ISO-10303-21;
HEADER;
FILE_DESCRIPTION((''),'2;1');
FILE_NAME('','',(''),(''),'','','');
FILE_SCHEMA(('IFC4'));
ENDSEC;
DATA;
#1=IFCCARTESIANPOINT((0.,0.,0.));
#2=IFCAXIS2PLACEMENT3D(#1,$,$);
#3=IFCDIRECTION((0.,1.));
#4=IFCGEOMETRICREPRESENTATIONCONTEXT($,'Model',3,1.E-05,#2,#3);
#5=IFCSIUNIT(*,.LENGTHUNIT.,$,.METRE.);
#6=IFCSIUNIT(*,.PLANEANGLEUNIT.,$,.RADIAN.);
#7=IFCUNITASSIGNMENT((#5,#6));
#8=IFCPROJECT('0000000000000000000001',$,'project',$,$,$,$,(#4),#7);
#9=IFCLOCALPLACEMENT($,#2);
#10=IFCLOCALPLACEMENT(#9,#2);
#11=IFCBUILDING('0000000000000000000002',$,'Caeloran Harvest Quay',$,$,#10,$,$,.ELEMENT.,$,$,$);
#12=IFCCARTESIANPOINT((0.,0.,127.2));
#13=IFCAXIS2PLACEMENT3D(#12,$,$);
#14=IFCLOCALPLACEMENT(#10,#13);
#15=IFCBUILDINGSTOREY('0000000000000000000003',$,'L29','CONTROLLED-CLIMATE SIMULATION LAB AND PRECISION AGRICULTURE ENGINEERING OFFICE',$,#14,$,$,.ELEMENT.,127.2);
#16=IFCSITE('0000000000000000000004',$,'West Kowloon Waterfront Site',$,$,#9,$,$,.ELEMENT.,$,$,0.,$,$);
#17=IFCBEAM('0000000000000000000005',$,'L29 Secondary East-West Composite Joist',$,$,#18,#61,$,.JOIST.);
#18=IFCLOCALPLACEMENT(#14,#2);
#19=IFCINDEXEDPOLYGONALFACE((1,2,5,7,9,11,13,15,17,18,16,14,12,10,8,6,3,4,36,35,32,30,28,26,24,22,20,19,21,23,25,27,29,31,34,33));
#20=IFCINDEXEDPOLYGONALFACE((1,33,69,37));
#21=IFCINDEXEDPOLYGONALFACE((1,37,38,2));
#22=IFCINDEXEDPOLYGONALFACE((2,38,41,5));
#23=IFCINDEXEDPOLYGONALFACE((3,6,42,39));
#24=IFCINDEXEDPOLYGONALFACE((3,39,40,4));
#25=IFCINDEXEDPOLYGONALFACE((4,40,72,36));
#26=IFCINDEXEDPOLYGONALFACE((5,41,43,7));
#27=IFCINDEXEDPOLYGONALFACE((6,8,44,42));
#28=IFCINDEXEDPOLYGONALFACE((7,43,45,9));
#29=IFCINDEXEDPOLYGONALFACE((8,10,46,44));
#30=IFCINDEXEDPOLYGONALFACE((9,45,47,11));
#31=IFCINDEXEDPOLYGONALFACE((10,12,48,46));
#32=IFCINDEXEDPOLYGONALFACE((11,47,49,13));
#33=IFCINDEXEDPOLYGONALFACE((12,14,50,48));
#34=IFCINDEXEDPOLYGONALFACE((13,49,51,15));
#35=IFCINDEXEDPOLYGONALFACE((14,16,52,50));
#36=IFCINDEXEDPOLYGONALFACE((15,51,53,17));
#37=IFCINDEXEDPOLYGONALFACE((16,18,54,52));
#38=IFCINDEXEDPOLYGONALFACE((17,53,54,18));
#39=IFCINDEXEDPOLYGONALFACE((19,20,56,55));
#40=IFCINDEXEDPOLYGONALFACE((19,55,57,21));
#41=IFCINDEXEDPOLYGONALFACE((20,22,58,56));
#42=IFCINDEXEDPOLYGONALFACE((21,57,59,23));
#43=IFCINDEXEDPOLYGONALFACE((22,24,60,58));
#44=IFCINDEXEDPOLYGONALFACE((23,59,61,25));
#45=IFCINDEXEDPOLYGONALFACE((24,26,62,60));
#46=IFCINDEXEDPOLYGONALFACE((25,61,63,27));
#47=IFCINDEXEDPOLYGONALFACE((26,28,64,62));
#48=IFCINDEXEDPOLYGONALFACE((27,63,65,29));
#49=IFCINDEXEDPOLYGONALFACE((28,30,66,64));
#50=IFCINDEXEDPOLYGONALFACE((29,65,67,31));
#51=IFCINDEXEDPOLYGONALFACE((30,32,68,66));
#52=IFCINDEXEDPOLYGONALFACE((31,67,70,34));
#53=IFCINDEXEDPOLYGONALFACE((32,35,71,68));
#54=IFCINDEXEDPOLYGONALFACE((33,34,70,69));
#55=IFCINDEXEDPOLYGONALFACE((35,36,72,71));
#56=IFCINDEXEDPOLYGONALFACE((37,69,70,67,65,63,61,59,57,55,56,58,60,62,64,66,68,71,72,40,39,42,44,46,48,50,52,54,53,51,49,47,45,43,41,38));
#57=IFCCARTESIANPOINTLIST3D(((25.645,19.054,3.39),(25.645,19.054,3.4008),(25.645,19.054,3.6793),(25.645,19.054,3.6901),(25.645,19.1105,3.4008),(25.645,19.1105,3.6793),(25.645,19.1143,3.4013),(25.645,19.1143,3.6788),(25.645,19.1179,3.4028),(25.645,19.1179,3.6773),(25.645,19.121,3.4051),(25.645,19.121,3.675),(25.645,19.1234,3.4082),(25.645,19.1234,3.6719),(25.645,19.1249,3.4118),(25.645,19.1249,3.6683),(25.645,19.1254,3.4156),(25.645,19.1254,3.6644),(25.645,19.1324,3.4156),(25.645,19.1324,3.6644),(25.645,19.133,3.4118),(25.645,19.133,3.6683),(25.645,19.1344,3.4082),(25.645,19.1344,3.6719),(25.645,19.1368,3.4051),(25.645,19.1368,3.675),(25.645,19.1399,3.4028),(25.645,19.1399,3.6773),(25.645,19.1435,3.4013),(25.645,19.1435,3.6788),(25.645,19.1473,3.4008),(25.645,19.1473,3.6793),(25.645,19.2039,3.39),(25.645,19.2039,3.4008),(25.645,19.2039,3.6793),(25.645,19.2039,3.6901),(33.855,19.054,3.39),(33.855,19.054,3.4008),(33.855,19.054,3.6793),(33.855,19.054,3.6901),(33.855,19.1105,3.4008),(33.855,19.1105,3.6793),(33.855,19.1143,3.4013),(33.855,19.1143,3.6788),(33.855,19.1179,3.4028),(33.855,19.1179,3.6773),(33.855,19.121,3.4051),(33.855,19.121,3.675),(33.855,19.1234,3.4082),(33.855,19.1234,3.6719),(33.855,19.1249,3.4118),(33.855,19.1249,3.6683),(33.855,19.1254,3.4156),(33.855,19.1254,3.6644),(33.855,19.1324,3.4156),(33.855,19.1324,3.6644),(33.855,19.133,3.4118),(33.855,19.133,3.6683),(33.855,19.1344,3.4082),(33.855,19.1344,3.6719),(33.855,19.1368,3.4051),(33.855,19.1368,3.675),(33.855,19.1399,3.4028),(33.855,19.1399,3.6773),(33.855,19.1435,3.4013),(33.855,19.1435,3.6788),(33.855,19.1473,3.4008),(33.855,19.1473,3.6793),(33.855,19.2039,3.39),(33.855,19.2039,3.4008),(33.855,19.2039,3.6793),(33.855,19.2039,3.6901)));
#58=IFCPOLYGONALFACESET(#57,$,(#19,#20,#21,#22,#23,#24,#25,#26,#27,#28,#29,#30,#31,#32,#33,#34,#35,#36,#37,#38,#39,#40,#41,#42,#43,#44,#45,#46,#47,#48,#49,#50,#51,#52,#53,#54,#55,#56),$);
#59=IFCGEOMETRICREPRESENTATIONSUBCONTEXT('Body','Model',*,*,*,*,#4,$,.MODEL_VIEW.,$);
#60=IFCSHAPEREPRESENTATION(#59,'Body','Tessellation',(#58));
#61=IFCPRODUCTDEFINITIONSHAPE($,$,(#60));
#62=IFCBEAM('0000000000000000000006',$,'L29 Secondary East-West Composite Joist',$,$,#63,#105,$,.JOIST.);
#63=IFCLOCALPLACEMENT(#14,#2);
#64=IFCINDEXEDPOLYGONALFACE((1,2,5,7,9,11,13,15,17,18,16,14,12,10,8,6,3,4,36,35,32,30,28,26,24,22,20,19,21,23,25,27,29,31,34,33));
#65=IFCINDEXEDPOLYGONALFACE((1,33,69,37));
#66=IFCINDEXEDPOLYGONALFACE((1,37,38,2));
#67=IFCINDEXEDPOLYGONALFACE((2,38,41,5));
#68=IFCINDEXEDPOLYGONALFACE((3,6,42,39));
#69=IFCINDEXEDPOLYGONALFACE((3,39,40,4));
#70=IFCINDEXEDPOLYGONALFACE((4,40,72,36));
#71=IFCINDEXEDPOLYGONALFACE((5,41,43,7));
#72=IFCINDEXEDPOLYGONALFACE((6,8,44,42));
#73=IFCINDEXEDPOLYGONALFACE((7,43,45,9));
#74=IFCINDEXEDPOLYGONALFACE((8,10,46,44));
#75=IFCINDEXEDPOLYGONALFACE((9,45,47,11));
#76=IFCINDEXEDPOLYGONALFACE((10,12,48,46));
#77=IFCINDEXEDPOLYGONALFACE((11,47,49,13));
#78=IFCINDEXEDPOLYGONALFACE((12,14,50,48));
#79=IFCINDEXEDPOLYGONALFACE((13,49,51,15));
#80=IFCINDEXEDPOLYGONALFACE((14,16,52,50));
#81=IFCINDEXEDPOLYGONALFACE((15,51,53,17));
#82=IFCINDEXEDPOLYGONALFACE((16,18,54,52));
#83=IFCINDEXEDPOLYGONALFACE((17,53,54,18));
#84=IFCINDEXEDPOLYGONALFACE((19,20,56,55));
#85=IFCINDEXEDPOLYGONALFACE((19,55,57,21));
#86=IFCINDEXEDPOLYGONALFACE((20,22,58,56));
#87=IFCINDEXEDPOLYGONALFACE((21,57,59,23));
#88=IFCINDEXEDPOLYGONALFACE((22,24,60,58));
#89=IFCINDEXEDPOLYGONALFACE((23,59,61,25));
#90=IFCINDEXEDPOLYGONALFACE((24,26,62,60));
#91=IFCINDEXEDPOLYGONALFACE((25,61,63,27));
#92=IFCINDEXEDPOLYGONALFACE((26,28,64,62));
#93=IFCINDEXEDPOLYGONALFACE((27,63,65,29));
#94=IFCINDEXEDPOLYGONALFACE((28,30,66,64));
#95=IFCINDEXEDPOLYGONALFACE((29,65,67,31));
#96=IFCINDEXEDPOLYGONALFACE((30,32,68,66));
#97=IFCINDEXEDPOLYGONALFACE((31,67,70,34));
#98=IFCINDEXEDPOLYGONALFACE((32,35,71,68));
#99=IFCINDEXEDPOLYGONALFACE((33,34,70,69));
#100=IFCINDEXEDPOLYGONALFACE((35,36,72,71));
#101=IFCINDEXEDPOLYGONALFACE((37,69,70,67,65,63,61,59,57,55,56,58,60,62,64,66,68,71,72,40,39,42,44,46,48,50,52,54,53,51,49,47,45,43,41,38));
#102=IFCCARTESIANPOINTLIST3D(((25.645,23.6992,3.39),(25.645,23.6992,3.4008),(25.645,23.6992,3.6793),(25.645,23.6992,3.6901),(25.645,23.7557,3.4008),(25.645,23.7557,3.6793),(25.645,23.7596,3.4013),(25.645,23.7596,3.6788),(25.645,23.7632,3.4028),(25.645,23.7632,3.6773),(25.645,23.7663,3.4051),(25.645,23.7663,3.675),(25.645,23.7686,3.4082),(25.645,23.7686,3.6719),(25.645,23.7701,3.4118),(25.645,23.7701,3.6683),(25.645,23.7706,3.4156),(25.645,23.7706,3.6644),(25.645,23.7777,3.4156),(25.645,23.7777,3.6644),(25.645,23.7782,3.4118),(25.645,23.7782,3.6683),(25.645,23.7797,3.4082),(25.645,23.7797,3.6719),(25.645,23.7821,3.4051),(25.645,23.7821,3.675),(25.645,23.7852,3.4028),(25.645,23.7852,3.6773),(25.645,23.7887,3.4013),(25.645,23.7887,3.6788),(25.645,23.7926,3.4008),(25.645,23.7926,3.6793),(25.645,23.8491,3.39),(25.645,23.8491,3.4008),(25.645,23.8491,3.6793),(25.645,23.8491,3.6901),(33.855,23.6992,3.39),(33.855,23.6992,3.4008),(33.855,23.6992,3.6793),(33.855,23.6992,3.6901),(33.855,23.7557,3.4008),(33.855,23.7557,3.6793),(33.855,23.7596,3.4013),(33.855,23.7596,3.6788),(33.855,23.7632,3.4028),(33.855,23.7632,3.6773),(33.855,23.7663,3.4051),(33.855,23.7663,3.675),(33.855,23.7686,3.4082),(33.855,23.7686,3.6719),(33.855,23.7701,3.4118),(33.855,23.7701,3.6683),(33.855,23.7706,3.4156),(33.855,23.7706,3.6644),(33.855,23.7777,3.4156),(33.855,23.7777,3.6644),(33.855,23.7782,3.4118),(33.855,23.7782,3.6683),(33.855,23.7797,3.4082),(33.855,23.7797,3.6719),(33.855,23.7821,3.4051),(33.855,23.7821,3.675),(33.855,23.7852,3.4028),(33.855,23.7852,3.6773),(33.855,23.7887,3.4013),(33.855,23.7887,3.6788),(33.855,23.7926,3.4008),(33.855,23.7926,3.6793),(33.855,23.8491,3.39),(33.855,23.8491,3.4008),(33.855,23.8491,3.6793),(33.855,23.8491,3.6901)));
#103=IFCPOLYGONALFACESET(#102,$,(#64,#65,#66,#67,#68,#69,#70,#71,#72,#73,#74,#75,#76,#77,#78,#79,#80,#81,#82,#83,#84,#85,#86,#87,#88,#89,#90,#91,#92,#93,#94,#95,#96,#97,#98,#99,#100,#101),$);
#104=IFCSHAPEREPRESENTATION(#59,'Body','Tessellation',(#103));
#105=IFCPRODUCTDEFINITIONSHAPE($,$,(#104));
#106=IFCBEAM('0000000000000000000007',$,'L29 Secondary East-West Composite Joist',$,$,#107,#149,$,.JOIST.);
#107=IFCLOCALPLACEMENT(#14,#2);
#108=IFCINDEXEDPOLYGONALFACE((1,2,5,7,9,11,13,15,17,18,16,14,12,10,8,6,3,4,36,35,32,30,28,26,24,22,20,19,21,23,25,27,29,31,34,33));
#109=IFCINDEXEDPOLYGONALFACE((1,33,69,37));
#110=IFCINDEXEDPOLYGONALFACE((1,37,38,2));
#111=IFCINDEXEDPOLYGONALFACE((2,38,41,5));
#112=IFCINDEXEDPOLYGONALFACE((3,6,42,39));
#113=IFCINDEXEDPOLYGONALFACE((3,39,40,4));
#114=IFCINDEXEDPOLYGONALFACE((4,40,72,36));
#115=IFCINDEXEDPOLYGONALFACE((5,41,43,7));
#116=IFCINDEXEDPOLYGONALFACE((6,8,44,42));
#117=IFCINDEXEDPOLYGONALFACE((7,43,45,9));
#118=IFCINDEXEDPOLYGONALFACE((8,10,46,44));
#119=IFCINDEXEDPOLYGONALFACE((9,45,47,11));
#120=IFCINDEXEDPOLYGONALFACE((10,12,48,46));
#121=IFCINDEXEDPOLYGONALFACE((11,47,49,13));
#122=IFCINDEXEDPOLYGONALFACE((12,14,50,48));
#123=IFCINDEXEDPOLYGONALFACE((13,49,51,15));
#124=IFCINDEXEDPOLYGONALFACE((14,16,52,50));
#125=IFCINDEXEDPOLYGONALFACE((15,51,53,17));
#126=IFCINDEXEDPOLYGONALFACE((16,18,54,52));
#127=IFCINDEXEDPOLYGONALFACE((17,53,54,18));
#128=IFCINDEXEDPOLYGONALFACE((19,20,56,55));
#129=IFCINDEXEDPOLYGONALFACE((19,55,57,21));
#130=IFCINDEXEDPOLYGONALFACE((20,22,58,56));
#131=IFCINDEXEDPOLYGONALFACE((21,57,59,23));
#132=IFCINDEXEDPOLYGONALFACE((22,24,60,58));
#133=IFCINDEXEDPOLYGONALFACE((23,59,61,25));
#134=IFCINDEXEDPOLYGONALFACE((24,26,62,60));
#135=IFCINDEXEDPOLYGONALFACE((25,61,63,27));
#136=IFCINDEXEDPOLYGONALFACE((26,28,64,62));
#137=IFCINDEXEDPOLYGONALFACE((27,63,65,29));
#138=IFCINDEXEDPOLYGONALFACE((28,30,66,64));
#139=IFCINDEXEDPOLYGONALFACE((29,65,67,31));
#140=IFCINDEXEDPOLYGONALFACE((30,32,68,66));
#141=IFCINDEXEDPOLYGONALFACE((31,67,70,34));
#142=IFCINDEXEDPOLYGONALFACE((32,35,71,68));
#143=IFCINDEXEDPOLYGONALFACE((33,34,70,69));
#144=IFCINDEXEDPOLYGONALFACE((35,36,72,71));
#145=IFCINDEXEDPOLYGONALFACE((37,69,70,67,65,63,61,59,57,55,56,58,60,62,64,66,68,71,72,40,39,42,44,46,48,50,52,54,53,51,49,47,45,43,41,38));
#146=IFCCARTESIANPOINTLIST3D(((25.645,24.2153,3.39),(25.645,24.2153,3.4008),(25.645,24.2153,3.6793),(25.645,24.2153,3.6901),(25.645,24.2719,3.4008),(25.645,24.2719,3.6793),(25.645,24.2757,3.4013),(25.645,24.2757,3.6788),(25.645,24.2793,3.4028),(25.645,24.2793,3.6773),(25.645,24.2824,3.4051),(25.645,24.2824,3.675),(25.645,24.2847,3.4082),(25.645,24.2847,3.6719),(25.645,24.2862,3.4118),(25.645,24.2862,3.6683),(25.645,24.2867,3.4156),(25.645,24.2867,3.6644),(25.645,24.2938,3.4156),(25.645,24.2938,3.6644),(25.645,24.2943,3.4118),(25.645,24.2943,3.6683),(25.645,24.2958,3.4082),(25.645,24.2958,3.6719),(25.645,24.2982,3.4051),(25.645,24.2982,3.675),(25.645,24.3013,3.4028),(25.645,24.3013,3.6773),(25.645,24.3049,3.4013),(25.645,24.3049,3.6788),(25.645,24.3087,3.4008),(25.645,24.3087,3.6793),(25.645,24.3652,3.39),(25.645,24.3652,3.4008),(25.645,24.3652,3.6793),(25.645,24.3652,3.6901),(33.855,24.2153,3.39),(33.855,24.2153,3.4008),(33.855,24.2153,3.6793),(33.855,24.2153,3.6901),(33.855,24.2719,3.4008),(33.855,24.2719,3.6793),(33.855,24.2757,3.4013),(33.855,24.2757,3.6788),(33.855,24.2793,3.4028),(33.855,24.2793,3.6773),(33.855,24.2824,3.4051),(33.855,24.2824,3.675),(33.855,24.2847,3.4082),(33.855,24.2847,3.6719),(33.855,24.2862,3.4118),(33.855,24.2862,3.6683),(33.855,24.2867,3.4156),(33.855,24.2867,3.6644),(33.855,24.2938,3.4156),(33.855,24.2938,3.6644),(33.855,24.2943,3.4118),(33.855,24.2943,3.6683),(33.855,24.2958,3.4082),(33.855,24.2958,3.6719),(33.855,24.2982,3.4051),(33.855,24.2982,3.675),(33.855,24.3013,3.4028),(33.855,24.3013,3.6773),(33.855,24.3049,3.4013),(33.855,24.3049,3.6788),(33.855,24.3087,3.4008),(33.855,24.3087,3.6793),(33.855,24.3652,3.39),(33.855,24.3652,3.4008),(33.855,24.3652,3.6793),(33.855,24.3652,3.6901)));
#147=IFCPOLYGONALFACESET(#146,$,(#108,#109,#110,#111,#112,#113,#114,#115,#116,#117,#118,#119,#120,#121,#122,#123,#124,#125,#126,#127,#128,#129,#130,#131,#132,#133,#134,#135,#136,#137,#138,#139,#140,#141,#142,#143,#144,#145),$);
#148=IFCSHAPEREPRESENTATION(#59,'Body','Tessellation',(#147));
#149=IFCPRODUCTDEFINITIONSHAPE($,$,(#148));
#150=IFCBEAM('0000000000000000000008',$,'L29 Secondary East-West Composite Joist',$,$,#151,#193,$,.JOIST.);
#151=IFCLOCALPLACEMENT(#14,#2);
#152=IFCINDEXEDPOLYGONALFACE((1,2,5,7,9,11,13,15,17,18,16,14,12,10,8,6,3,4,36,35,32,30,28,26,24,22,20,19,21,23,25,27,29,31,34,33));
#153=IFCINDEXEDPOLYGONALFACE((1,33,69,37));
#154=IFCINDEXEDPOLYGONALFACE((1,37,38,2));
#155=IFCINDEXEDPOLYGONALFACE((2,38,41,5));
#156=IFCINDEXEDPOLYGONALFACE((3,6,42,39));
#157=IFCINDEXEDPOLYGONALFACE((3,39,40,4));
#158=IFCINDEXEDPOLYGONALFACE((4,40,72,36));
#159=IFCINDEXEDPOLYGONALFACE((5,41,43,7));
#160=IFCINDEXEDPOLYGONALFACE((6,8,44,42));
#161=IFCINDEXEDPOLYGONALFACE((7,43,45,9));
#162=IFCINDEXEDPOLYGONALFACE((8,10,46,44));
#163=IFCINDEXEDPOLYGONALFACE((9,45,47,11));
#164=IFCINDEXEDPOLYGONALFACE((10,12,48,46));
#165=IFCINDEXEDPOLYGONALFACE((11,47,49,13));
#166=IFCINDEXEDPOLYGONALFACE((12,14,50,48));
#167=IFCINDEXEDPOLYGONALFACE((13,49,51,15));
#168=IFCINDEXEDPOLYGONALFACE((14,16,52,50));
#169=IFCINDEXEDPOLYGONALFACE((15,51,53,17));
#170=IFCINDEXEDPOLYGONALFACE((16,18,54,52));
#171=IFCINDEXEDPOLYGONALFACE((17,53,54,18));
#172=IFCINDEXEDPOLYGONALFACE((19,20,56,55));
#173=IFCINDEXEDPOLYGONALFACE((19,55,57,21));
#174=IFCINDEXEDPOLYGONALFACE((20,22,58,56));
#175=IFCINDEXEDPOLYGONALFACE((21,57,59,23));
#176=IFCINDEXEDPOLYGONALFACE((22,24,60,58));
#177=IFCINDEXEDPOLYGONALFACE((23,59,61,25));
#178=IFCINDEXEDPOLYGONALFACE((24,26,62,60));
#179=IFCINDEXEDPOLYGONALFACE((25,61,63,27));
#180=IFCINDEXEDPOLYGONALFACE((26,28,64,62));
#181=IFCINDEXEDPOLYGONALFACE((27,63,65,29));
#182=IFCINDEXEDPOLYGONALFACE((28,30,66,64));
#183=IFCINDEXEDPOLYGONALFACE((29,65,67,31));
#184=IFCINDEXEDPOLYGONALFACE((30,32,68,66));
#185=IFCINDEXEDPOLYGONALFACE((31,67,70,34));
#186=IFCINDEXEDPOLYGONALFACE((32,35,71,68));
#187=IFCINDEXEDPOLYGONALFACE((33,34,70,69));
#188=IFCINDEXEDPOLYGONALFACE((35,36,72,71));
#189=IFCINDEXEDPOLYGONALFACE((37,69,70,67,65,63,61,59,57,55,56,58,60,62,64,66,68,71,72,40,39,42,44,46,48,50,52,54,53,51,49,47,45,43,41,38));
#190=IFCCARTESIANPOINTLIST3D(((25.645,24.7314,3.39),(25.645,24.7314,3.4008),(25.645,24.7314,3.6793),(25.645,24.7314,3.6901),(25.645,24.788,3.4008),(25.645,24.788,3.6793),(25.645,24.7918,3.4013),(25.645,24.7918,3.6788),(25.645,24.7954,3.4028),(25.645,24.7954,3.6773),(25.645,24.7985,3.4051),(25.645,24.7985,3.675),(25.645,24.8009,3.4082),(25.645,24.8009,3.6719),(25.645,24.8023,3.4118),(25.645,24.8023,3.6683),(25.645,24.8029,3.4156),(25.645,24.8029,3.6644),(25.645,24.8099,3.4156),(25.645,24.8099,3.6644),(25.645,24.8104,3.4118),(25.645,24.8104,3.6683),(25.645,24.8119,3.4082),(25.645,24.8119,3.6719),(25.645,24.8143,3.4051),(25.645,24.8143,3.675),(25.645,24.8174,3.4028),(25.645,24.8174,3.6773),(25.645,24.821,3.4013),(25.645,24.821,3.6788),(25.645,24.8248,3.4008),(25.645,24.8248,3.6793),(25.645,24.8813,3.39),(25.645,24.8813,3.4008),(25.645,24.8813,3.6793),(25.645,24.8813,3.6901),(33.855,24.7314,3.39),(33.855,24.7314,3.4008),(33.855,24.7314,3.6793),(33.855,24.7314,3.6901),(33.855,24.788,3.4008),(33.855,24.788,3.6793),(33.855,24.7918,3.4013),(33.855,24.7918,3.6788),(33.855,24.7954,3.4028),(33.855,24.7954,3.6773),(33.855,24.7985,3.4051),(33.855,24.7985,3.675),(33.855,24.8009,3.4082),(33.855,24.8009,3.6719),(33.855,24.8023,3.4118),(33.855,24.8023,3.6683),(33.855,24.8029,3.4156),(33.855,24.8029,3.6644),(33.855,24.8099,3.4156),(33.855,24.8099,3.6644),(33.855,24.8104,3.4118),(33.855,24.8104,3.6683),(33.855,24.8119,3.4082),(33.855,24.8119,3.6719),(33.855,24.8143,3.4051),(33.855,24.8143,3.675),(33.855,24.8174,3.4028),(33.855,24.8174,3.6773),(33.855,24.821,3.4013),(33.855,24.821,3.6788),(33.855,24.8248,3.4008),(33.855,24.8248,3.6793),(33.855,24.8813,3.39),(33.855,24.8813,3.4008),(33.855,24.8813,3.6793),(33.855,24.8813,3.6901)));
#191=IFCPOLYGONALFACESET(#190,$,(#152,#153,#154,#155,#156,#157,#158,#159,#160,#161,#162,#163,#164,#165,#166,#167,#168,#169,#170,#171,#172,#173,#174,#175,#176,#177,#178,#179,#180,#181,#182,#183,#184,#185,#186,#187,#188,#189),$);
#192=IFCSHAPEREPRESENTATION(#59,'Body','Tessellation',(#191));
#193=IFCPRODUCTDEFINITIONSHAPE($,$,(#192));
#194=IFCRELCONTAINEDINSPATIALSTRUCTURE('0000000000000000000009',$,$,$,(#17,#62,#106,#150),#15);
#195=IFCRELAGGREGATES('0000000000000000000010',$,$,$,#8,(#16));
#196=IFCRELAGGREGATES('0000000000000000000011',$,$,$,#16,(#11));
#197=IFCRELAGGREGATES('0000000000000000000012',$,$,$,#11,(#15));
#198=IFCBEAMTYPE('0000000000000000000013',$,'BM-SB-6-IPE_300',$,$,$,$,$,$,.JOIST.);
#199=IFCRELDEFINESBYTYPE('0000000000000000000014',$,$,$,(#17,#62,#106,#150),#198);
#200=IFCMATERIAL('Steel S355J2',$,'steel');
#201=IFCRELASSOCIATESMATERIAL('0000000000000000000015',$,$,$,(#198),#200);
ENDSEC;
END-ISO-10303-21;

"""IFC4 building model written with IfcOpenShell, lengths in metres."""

from ifc_helpers import new_model, si_unit, direction, frame, origin, origin_2d, place, context, subcontext, project, spatial, i_section, extrude, material, material_profile, profile_set, type_object, element, save


model = new_model("IFC4")

# Units and contexts
model_context = context("Model", 3, precision=1e-05, world=origin(), true_north=direction((0.0, 1.0)))
body_context = subcontext(model_context, "Body", "Model", "MODEL_VIEW")
ifc_project = project(units=[si_unit("LENGTHUNIT", "METRE"), si_unit("PLANEANGLEUNIT", "RADIAN")], contexts=[model_context])

# Site, building, storey
site_placement = place(None, origin())
site = spatial("IfcSite", under=ifc_project, at=site_placement, Name="West Kowloon Waterfront Site", CompositionType="ELEMENT", RefElevation=0.0)
building_placement = place(site_placement, origin())
building = spatial("IfcBuilding", under=site, at=building_placement, Name="Caeloran Harvest Quay", CompositionType="ELEMENT")
storey_placement = place(building_placement, frame((0.0, 0.0, 127.2)))
storey = spatial("IfcBuildingStorey", under=building, at=storey_placement, Name="L29", Description="CONTROLLED-CLIMATE SIMULATION LAB AND PRECISION AGRICULTURE ENGINEERING OFFICE", CompositionType="ELEMENT", Elevation=127.2)

# Beams
ifc_material_1 = material(Name="Steel S355J2", Category="steel")
ifc_material_profile_1 = material_profile(ifc_material_1, i_section(OverallWidth=0.1499, OverallDepth=0.3, WebThickness=0.0071, FlangeThickness=0.0107, FilletRadius=0.0149, at=origin_2d()), Name="IPE 300")
ifc_profile_set_1 = profile_set([ifc_material_profile_1], Name="Steel S355J2")
beam_type_1 = type_object("IfcBeamType", Name="BM-SB-6-IPE_300", PredefinedType="JOIST", material=ifc_profile_set_1)
for number, where, z_axis, x_axis, name in (
    (1, (25.645, 19.1289, 3.54), (1.0, 0.0, 0.0), (0.0, 1.0, 0.0), "L29 Secondary East-West Composite Joist"),
    (2, (25.645, 23.7742, 3.54), (1.0, 0.0, 0.0), (0.0, 1.0, 0.0), "L29 Secondary East-West Composite Joist"),
    (3, (25.645, 24.2903, 3.54), (1.0, 0.0, 0.0), (0.0, 1.0, 0.0), "L29 Secondary East-West Composite Joist"),
    (4, (25.645, 24.8064, 3.54), (1.0, 0.0, 0.0), (0.0, 1.0, 0.0), "L29 Secondary East-West Composite Joist"),
):
    element("IfcBeam", number, at=place(storey_placement, frame(where, z_axis=z_axis, x_axis=x_axis)), inside=storey, type_object=beam_type_1, Name=name, PredefinedType="JOIST", context=body_context, shape_type="SweptSolid", body=[
        extrude(i_section(OverallWidth=0.1499, OverallDepth=0.3, WebThickness=0.0071, FlangeThickness=0.0107, FilletRadius=0.0149, at=origin_2d()), origin(), (0.0, 0.0, 1.0), 8.21),
    ])

save(model, "model.ifc")
